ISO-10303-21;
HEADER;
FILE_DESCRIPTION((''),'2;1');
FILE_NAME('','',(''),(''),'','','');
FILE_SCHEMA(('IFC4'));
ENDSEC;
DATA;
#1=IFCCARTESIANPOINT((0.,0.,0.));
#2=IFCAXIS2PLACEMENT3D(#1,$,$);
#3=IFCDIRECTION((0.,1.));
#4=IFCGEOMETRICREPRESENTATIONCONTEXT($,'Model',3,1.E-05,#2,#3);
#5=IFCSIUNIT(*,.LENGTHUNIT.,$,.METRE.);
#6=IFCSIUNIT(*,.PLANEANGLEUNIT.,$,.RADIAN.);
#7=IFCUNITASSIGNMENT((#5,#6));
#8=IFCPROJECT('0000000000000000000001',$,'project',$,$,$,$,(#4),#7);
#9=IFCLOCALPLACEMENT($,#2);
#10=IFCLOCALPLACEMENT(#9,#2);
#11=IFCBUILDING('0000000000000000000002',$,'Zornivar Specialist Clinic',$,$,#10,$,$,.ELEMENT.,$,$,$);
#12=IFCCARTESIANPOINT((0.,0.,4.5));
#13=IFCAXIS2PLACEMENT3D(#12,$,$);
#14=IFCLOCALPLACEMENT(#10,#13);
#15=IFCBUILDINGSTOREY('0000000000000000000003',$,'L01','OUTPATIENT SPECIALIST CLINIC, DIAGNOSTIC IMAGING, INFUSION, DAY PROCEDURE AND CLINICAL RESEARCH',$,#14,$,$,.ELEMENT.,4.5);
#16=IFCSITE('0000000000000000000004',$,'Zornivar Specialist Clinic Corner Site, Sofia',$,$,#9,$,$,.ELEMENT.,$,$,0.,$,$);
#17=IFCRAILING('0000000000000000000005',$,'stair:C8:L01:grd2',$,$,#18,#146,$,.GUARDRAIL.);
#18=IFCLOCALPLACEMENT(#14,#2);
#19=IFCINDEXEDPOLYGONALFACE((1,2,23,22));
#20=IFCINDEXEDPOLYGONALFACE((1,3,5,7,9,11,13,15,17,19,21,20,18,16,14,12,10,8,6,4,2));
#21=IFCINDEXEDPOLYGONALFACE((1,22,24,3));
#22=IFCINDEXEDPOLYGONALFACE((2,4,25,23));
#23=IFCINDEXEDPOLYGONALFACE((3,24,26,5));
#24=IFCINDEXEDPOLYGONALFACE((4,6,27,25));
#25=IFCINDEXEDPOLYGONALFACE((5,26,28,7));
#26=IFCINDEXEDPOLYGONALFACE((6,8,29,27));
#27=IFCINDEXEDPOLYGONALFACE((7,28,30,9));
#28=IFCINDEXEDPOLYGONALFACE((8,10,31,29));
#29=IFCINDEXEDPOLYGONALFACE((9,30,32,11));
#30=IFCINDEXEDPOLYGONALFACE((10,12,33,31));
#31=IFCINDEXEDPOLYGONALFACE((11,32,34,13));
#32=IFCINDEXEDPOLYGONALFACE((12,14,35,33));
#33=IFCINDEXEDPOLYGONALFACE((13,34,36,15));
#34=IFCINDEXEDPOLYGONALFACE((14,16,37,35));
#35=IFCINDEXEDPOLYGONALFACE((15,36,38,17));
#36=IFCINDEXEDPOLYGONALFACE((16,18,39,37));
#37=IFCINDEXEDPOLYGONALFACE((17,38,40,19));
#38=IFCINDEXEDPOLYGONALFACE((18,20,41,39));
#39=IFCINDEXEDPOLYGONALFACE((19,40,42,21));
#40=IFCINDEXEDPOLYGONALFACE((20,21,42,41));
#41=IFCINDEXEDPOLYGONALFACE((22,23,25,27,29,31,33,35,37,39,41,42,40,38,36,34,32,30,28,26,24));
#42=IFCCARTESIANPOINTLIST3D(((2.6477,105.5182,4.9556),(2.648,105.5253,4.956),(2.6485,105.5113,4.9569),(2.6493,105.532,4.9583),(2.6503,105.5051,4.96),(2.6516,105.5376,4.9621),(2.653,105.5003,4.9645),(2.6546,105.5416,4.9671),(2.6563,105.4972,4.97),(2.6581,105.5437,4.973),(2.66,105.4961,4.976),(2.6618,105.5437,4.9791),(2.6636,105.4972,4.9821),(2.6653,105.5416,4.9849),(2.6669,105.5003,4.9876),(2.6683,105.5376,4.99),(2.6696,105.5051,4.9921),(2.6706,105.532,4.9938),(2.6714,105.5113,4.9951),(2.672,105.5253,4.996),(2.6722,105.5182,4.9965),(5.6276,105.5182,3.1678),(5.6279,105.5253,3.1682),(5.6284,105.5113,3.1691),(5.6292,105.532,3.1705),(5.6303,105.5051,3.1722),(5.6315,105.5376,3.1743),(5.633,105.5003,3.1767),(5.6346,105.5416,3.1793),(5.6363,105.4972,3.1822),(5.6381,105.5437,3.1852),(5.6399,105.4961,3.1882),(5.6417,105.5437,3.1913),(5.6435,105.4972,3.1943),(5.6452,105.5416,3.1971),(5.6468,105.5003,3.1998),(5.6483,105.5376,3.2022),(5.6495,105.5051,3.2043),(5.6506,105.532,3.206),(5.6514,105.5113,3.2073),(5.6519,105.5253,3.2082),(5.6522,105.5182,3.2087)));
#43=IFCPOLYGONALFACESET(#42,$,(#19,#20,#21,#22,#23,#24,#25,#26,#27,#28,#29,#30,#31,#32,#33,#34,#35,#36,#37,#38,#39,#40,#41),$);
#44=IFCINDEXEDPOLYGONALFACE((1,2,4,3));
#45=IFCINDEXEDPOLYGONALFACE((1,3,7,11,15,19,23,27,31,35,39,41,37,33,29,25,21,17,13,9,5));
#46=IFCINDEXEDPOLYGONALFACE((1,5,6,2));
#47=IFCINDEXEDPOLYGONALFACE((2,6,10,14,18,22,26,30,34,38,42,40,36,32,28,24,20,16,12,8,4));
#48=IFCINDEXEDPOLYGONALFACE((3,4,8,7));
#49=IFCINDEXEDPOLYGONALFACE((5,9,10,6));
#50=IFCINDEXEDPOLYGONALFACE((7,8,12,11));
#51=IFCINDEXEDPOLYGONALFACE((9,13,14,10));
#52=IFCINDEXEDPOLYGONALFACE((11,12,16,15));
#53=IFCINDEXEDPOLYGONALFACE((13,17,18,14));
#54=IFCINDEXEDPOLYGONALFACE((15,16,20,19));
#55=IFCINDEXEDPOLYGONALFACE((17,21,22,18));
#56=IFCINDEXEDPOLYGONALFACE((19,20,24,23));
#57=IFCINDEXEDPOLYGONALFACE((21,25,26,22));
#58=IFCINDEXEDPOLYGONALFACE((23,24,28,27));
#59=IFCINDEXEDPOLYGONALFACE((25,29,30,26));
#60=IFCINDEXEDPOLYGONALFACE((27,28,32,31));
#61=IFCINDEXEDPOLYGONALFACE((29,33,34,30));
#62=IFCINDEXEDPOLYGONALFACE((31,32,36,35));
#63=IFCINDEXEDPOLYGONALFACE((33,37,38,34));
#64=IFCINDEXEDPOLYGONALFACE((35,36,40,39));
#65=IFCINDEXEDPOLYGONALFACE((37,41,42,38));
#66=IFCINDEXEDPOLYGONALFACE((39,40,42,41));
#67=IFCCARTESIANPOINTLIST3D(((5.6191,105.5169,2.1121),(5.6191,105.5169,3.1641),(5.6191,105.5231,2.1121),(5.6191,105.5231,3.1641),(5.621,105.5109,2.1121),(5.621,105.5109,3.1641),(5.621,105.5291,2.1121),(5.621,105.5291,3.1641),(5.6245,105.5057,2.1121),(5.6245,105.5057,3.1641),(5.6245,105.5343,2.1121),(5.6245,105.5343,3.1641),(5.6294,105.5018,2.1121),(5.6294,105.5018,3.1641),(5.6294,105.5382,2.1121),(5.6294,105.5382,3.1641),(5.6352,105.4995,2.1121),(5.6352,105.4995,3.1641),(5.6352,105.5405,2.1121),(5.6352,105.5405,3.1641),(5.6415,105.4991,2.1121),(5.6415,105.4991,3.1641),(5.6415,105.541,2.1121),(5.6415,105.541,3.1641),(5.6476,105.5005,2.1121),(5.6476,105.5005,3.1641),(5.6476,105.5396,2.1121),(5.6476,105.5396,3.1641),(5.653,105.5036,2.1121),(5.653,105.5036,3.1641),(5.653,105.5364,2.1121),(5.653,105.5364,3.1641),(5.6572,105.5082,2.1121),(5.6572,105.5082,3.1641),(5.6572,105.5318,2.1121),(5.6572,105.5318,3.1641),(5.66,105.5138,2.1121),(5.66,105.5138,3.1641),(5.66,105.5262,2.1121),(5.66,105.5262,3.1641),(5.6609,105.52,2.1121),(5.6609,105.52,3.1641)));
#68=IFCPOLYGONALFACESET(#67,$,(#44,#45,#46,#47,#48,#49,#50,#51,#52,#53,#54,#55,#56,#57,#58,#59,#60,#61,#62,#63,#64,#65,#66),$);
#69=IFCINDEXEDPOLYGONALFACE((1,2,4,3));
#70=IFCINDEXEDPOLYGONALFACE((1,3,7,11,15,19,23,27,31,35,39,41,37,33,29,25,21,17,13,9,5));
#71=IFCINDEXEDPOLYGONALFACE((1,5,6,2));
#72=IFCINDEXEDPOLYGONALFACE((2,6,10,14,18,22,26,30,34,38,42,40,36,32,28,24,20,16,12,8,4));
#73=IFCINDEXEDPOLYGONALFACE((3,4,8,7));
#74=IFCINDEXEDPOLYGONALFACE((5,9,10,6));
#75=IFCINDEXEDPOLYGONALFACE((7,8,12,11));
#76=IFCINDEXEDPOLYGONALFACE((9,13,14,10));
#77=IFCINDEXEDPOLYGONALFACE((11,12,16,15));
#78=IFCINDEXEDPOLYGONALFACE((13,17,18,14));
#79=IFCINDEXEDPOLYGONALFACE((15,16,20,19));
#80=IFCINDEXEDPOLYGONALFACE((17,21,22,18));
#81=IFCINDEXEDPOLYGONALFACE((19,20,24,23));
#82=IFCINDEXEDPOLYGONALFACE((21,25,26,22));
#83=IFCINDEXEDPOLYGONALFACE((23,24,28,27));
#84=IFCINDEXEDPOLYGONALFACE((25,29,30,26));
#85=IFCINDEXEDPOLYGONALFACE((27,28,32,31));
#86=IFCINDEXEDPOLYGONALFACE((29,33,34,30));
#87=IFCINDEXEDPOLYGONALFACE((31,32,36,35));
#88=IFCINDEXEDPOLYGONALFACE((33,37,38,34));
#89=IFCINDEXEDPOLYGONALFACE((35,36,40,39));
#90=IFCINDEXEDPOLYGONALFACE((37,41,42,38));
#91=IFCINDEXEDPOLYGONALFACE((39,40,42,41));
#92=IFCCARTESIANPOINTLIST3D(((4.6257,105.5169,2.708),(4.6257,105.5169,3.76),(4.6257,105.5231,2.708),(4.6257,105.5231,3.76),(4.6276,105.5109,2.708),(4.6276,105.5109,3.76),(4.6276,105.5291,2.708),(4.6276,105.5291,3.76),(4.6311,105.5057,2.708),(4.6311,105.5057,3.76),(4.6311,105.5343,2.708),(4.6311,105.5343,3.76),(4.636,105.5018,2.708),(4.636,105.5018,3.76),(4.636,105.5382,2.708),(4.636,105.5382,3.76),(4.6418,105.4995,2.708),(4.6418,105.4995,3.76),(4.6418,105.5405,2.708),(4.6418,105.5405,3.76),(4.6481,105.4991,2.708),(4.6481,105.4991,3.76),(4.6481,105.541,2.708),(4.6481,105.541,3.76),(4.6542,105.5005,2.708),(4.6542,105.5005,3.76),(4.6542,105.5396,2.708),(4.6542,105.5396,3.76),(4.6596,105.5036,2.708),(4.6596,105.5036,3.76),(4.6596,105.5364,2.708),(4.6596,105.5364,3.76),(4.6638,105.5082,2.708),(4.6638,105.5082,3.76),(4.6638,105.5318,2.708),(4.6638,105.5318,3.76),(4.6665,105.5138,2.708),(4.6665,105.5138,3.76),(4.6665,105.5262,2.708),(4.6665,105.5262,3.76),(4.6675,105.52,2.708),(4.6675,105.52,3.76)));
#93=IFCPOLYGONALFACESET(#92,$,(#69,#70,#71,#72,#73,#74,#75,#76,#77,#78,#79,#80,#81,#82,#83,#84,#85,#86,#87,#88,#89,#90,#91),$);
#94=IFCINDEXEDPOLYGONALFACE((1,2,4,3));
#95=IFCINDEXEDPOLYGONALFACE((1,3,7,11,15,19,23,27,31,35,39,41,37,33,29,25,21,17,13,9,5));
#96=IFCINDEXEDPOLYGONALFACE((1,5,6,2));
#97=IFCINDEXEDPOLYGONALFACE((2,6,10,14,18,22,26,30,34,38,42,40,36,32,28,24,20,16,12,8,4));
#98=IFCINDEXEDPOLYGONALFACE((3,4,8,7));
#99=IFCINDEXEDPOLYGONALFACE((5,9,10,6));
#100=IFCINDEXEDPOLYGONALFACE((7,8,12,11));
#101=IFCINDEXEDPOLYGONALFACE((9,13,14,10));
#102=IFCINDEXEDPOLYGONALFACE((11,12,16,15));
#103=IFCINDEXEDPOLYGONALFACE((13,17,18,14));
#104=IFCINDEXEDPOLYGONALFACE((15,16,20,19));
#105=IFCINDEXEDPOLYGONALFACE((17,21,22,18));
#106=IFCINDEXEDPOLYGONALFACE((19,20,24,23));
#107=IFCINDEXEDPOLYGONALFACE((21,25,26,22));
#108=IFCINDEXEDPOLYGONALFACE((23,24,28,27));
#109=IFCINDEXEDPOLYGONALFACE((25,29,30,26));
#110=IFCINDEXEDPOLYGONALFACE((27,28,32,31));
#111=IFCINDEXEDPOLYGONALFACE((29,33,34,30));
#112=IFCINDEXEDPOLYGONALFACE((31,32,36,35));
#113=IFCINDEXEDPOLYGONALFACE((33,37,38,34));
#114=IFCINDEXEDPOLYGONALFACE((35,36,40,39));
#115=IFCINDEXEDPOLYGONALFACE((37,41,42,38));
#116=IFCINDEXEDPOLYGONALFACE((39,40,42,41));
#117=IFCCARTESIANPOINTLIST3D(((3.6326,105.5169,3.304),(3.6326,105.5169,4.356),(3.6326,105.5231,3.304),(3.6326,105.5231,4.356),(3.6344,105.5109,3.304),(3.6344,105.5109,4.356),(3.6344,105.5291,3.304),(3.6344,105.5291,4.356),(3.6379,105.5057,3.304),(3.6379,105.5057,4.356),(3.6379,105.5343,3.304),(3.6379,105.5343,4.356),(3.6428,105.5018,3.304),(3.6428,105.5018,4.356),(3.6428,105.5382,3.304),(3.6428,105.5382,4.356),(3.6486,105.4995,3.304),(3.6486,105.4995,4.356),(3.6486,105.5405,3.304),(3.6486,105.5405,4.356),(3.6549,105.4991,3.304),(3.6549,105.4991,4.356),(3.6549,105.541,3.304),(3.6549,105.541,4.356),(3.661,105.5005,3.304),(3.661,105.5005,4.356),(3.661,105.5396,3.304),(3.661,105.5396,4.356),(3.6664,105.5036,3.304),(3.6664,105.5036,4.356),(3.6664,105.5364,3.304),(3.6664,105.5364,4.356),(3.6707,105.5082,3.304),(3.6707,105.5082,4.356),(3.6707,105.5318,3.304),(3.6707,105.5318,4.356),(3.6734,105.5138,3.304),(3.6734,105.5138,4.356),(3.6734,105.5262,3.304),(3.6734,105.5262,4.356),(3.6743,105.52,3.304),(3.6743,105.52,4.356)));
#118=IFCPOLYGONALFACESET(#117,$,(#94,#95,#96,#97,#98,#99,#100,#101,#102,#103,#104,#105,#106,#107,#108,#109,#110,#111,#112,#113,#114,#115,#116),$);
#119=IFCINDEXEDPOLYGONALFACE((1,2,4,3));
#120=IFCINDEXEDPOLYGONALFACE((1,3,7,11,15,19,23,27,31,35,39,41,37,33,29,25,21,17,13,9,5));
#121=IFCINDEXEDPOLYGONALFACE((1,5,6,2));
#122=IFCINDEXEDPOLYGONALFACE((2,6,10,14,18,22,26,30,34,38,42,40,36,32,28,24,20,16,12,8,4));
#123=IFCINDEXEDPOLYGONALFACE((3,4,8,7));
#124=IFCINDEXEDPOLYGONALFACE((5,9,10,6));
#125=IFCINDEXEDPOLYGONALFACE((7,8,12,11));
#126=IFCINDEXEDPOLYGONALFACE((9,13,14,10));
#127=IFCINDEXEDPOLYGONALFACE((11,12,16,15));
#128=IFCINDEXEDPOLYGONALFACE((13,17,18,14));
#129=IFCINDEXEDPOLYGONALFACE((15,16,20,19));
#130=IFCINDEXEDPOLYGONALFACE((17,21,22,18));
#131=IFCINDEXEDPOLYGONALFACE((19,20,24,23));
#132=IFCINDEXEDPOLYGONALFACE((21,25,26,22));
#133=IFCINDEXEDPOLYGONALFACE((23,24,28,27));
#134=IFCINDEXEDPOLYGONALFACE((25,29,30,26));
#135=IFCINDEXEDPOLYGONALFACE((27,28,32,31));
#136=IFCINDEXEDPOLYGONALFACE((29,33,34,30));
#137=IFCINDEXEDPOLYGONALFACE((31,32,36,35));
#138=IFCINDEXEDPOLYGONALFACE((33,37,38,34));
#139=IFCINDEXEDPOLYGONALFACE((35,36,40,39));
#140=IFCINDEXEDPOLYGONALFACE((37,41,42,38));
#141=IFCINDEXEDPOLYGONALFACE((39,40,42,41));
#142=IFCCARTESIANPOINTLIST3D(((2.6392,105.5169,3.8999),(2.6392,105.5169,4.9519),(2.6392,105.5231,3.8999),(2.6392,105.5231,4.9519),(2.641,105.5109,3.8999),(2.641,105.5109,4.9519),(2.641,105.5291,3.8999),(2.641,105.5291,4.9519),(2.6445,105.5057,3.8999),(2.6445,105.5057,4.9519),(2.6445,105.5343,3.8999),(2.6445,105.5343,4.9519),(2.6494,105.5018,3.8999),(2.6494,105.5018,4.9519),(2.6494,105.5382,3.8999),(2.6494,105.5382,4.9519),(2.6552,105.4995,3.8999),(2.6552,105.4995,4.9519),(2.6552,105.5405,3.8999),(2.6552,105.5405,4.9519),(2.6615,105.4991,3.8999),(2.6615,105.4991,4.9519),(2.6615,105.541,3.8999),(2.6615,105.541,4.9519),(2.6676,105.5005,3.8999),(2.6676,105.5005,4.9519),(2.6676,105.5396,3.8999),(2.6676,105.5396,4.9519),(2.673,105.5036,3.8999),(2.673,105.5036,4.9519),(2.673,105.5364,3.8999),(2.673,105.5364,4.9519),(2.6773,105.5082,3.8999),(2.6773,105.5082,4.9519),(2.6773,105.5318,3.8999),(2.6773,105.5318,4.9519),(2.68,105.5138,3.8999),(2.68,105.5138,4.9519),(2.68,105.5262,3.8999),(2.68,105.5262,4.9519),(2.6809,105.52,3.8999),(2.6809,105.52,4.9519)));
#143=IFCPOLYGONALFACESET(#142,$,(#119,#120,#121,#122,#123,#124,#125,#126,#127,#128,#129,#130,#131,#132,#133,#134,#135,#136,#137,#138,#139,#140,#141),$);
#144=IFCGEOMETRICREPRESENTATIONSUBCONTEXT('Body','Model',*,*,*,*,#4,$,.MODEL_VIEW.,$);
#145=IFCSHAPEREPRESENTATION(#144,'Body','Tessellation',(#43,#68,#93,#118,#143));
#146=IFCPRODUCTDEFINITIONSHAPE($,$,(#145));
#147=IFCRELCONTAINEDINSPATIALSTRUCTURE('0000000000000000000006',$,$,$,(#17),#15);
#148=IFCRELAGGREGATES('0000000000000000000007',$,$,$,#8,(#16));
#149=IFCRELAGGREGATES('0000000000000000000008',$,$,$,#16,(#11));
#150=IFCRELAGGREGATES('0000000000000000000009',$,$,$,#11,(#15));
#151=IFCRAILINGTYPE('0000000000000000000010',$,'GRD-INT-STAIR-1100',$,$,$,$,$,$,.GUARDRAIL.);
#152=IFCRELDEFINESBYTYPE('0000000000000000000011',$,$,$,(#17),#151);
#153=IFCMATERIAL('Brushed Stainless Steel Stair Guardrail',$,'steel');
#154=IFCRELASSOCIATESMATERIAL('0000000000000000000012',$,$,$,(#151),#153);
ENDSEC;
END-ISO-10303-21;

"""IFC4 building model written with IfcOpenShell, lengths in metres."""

from ifc_helpers import new_model, si_unit, direction, frame, origin, origin_2d, place, context, subcontext, project, spatial, circle, extrude, material, type_object, element, save


model = new_model("IFC4")

# Units and contexts
model_context = context("Model", 3, precision=1e-05, world=origin(), true_north=direction((0.0, 1.0)))
body_context = subcontext(model_context, "Body", "Model", "MODEL_VIEW")
ifc_project = project(units=[si_unit("LENGTHUNIT", "METRE"), si_unit("PLANEANGLEUNIT", "RADIAN")], contexts=[model_context])

# Site, building, storey
site_placement = place(None, origin())
site = spatial("IfcSite", under=ifc_project, at=site_placement, Name="Zornivar Specialist Clinic Corner Site, Sofia", CompositionType="ELEMENT", RefElevation=0.0)
building_placement = place(site_placement, origin())
building = spatial("IfcBuilding", under=site, at=building_placement, Name="Zornivar Specialist Clinic", CompositionType="ELEMENT")
storey_placement = place(building_placement, frame((0.0, 0.0, 4.5)))
storey = spatial("IfcBuildingStorey", under=building, at=storey_placement, Name="L01", Description="OUTPATIENT SPECIALIST CLINIC, DIAGNOSTIC IMAGING, INFUSION, DAY PROCEDURE AND CLINICAL RESEARCH", CompositionType="ELEMENT", Elevation=4.5)

# Railing
ifc_material_1 = material(Name="Brushed Stainless Steel Stair Guardrail", Category="steel")
railing_type_1 = type_object("IfcRailingType", Name="GRD-INT-STAIR-1100", PredefinedType="GUARDRAIL", material=ifc_material_1)
railing_1_placement = place(storey_placement, frame((5.6399, 105.52, 2.1121)))
element("IfcRailing", 1, at=railing_1_placement, inside=storey, type_object=railing_type_1, Name="stair:C8:L01:grd2", PredefinedType="GUARDRAIL", context=body_context, shape_type="SweptSolid", body=[
    extrude(circle(Radius=0.0239, at=origin_2d()), frame((0.0, 0.0, 1.0762), z_axis=(-0.857512, 0.0, 0.514465), x_axis=(0.0, -1.0, 0.0)), (0.0, 0.0, 1.0), 3.4751),
    extrude(circle(Radius=0.021, at=origin_2d()), origin(), (0.0, 0.0, 1.0), 1.052),
    extrude(circle(Radius=0.021, at=origin_2d()), frame((-0.9934, 0.0, 0.5959)), (0.0, 0.0, 1.0), 1.052),
    extrude(circle(Radius=0.021, at=origin_2d()), frame((-1.9866, 0.0, 1.1919)), (0.0, 0.0, 1.0), 1.052),
    extrude(circle(Radius=0.021, at=origin_2d()), frame((-2.98, 0.0, 1.7878)), (0.0, 0.0, 1.0), 1.052),
])

save(model, "model.ifc")
